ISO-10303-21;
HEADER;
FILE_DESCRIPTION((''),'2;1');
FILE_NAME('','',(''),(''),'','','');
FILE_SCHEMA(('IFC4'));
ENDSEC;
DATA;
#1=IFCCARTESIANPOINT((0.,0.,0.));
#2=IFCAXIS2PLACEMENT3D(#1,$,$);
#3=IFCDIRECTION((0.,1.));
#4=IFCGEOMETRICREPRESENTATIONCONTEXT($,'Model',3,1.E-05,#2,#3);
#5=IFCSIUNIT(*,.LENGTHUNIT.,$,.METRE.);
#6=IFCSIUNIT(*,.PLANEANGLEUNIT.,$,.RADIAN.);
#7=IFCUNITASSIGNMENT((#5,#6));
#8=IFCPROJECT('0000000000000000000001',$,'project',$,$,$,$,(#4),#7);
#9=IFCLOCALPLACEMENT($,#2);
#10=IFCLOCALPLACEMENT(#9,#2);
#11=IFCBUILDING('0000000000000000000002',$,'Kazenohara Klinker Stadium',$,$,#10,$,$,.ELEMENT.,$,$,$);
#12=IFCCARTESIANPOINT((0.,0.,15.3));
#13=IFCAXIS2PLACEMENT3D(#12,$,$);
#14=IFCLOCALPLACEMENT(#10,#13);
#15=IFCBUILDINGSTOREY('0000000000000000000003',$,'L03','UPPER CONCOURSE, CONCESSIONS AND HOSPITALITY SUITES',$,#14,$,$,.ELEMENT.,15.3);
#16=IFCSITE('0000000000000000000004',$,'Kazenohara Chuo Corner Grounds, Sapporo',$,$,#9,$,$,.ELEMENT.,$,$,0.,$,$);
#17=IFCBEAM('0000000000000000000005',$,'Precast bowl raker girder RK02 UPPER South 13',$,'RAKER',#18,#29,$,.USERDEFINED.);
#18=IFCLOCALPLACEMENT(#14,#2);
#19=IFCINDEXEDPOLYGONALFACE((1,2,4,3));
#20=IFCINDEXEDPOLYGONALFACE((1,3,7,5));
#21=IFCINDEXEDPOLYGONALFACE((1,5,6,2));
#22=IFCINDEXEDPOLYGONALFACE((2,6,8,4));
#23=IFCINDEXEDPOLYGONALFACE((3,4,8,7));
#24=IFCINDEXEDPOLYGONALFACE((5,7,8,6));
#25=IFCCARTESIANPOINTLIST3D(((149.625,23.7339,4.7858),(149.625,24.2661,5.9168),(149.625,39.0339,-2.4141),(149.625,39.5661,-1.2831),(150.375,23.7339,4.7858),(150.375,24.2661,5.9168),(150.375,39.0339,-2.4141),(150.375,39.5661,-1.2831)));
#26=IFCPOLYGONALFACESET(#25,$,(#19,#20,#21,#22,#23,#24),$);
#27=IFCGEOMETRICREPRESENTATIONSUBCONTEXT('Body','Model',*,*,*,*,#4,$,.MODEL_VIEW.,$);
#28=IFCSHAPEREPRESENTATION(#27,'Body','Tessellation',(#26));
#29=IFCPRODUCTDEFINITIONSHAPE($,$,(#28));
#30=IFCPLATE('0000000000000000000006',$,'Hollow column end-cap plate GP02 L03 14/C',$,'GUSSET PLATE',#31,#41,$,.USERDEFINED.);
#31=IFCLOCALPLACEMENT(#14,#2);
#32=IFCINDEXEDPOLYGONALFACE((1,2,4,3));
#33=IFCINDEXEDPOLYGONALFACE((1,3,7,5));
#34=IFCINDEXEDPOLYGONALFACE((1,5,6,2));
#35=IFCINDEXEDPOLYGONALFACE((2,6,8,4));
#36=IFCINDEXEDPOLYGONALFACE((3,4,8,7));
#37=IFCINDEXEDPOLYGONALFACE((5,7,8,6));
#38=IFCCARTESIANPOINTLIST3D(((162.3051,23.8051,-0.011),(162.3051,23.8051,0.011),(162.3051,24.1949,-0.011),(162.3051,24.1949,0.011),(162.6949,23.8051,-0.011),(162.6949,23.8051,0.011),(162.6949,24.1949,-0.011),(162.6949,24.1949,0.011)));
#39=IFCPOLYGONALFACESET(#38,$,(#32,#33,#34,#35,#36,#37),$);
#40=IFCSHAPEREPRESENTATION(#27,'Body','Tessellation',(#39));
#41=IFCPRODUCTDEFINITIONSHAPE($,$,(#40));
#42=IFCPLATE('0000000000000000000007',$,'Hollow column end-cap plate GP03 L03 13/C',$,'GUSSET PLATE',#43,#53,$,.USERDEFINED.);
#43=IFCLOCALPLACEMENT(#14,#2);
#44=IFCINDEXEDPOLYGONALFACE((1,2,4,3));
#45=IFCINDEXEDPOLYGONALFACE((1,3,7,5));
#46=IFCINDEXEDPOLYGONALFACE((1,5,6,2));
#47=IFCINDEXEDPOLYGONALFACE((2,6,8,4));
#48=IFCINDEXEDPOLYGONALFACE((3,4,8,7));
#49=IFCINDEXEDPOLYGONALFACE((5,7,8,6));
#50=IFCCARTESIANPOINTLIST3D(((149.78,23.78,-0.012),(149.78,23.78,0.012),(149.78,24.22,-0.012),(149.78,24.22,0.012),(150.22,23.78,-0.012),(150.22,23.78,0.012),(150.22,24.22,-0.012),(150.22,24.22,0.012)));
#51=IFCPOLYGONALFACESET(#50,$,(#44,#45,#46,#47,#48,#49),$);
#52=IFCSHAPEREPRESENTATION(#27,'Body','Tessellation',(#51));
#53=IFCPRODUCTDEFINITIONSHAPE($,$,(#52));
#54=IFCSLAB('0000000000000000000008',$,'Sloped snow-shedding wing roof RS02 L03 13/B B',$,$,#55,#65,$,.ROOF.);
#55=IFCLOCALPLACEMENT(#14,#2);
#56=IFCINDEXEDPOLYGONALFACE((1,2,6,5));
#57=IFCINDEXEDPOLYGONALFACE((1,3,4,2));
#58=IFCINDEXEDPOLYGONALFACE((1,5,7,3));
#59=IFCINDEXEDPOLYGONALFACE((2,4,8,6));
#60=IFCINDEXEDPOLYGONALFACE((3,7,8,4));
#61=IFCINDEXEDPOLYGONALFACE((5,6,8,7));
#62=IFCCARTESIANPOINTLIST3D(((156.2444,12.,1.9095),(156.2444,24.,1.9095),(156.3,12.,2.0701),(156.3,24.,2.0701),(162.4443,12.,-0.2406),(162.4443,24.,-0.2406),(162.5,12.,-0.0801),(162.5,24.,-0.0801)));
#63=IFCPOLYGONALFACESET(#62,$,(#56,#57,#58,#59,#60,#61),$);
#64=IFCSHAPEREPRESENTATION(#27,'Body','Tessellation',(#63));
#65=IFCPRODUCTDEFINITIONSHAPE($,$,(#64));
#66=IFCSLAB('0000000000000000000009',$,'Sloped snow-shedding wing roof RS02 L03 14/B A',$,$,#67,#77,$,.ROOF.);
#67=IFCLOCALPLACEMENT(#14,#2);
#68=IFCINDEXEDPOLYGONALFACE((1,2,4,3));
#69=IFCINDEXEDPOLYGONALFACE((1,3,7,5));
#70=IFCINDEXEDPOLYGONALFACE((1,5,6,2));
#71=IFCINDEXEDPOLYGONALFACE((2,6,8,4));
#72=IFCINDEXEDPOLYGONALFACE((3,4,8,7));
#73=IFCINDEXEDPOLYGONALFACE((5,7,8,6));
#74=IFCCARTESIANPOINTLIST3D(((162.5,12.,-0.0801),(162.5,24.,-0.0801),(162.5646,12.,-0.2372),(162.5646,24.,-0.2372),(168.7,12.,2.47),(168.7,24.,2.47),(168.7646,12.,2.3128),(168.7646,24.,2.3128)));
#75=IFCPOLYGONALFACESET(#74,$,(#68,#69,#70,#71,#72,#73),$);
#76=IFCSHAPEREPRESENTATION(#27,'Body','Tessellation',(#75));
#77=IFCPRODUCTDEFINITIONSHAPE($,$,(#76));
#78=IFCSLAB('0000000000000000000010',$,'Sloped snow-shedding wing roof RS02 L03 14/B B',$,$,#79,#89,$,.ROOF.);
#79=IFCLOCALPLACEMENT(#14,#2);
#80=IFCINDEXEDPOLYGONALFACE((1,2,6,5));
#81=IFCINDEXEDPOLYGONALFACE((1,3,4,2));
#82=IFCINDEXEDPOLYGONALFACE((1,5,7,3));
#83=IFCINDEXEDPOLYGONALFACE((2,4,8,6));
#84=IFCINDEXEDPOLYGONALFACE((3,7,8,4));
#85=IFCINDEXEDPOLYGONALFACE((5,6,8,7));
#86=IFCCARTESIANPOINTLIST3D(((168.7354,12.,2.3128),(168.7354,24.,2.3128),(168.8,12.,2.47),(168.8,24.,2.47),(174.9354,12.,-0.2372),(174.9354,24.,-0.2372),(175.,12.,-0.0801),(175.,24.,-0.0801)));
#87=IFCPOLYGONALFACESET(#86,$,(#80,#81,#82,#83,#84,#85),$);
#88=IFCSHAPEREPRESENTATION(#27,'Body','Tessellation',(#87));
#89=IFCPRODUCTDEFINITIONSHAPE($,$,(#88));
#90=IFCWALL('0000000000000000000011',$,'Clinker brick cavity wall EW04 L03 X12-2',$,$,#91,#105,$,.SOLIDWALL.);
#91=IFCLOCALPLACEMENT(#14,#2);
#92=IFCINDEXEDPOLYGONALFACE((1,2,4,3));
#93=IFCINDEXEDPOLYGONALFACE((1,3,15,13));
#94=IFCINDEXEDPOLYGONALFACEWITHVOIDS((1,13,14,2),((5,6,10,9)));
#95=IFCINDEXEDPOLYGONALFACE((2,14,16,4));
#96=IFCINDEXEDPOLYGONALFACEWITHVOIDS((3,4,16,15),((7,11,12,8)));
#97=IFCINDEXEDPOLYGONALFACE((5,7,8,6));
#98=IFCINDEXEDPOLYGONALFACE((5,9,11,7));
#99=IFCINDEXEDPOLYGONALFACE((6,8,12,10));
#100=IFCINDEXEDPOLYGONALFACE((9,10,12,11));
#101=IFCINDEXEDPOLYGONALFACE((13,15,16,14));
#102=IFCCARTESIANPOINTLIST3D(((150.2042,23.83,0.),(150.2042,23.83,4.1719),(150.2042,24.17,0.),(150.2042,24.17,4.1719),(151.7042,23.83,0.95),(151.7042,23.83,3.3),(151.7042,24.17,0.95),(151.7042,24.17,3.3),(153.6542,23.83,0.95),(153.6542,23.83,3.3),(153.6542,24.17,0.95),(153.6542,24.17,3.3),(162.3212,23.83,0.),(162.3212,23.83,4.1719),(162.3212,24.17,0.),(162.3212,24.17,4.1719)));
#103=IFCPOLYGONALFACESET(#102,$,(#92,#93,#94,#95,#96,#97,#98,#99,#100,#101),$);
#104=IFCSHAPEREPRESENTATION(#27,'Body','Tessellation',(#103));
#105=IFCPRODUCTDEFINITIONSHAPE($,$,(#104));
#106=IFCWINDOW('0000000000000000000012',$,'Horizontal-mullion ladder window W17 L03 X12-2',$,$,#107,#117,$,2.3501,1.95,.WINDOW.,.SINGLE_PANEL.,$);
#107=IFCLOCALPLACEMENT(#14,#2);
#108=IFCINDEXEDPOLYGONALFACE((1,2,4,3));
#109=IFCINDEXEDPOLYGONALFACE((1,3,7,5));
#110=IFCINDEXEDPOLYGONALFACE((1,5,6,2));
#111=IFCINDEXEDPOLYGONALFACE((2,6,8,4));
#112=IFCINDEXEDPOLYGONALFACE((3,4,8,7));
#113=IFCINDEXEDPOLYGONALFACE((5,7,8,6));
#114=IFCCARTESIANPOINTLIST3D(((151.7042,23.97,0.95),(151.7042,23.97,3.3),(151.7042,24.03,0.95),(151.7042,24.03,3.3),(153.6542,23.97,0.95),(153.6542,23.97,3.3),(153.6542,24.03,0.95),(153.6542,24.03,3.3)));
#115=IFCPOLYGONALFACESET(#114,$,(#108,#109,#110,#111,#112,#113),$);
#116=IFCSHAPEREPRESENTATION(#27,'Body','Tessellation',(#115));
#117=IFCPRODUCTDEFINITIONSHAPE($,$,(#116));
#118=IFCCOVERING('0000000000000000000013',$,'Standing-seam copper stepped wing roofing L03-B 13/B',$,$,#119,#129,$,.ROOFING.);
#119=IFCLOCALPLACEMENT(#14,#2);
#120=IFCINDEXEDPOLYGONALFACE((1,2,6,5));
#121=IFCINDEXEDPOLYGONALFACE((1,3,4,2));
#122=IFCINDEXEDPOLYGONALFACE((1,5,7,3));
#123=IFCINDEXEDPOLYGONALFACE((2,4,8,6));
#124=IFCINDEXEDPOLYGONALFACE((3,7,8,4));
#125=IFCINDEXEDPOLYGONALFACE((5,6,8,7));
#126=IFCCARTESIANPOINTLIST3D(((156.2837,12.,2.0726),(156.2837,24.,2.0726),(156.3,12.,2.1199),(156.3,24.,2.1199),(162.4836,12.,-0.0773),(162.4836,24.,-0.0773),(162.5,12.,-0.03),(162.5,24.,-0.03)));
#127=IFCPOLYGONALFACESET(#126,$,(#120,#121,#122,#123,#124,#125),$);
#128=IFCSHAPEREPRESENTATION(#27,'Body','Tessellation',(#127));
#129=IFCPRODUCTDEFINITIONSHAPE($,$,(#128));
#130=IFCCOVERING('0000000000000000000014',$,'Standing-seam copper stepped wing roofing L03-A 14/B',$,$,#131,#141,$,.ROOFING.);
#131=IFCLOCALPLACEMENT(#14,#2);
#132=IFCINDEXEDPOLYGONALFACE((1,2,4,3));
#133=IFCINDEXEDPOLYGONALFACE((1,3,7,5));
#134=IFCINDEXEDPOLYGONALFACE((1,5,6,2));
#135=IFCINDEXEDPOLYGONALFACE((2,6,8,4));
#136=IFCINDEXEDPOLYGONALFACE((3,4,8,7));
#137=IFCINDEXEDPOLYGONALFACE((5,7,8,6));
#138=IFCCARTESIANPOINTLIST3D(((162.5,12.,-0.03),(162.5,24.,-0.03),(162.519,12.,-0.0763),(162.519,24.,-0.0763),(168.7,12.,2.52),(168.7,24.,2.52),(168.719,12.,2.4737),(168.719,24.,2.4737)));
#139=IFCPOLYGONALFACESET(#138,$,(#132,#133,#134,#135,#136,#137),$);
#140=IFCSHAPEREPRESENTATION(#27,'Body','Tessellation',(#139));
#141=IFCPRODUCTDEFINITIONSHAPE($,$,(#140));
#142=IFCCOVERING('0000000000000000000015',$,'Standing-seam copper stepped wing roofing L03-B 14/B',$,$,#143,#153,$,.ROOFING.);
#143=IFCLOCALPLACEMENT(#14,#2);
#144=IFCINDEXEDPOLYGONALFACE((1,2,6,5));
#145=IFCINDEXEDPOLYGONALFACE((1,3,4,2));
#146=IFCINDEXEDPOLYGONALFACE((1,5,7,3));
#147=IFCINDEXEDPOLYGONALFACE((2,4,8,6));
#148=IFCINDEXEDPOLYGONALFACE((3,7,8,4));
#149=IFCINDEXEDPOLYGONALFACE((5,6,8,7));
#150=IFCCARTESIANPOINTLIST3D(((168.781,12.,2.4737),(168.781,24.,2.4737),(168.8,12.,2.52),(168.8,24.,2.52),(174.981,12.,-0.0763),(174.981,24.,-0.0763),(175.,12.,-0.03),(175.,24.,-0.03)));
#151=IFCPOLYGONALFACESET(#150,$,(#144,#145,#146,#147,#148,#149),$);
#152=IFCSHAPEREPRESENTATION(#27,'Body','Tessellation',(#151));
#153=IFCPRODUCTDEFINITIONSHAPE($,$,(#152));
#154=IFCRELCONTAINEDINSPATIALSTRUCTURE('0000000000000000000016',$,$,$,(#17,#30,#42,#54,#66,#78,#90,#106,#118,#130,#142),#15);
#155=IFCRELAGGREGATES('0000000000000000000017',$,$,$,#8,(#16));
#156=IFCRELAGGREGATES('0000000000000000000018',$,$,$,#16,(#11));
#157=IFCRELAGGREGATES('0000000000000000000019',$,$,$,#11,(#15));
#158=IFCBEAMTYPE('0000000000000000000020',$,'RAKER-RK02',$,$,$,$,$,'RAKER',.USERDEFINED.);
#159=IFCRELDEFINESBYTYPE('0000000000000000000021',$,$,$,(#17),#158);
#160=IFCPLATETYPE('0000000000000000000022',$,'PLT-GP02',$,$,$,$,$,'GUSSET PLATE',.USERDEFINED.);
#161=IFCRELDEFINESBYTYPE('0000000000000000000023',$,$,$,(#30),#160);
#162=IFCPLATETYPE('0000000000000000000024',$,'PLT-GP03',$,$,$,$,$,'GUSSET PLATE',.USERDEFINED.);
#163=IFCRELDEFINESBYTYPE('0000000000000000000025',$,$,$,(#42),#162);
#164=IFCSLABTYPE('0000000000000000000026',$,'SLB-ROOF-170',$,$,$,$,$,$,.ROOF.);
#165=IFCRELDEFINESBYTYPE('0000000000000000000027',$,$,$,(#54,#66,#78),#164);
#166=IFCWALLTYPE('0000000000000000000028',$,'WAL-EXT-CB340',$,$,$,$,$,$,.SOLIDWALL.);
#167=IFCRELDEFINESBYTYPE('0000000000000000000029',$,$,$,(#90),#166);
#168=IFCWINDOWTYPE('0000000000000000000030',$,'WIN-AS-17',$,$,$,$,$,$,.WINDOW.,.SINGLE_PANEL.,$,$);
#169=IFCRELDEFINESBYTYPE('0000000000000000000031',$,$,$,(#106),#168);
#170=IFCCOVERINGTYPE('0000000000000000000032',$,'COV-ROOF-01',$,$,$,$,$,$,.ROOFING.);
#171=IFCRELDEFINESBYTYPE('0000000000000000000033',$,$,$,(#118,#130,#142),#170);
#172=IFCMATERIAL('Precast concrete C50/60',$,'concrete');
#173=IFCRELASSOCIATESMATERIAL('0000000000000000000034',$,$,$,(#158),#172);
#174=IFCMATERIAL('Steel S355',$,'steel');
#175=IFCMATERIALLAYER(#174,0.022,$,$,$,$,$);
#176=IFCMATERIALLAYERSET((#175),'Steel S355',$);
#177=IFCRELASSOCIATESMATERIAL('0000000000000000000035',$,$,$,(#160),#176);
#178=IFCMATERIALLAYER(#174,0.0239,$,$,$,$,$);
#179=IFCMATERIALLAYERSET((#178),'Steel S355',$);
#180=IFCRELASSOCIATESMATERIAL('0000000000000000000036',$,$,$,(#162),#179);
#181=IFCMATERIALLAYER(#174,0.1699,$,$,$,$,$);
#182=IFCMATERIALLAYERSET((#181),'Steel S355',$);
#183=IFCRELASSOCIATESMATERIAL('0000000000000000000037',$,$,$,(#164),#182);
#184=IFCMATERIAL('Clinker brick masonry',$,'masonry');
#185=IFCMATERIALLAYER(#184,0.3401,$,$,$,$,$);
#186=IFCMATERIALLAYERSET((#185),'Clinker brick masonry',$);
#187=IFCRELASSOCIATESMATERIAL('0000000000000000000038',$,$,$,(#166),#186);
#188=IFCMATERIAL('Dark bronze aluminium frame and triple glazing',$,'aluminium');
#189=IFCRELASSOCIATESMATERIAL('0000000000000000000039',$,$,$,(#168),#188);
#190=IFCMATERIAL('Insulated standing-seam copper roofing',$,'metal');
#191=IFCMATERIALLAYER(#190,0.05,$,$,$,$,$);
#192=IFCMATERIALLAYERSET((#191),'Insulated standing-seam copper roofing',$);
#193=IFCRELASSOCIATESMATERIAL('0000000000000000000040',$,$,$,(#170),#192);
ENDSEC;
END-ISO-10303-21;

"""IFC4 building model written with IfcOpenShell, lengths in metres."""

from ifc_helpers import new_model, si_unit, direction, frame, frame_2d, origin, origin_2d, place, context, subcontext, project, spatial, polyline, rectangle, outline, extrude, material, layer, layer_set, material_profile, profile_set, type_object, element, fill, save


model = new_model("IFC4")

# Units and contexts
model_context = context("Model", 3, precision=1e-05, world=origin(), true_north=direction((0.0, 1.0)))
body_context = subcontext(model_context, "Body", "Model", "MODEL_VIEW")
ifc_project = project(units=[si_unit("LENGTHUNIT", "METRE"), si_unit("PLANEANGLEUNIT", "RADIAN")], contexts=[model_context])

# Site, building, storey
site_placement = place(None, origin())
site = spatial("IfcSite", under=ifc_project, at=site_placement, Name="Kazenohara Chuo Corner Grounds, Sapporo", CompositionType="ELEMENT", RefElevation=0.0)
building_placement = place(site_placement, origin())
building = spatial("IfcBuilding", under=site, at=building_placement, Name="Kazenohara Klinker Stadium", CompositionType="ELEMENT")
storey_placement = place(building_placement, frame((0.0, 0.0, 15.3)))
storey = spatial("IfcBuildingStorey", under=building, at=storey_placement, Name="L03", Description="UPPER CONCOURSE, CONCESSIONS AND HOSPITALITY SUITES", CompositionType="ELEMENT", Elevation=15.3)

# Shared definitions
ifc_material_1 = material(Name="Steel S355", Category="steel")

# Beam
ifc_material_2 = material(Name="Precast concrete C50/60", Category="concrete")
ifc_material_profile_1 = material_profile(ifc_material_2, rectangle(XDim=0.75, YDim=1.25, at=origin_2d()), Name="PC-RAKER-750x1250")
ifc_profile_set_1 = profile_set([ifc_material_profile_1], Name="Precast concrete C50/60")
beam_type_1 = type_object("IfcBeamType", Name="RAKER-RK02", ElementType="RAKER", PredefinedType="USERDEFINED", material=ifc_profile_set_1)
beam_1_placement = place(storey_placement, frame((150.0, 24.0, 5.3513), z_axis=(0.0, 0.90482, -0.425794), x_axis=(-1.0, 0.0, 0.0)))
element("IfcBeam", 1, at=beam_1_placement, inside=storey, type_object=beam_type_1, Name="Precast bowl raker girder RK02 UPPER South 13", ObjectType="RAKER", PredefinedType="USERDEFINED", context=body_context, shape_type="SweptSolid", body=[
    extrude(rectangle(XDim=0.75, YDim=1.25, at=origin_2d()), origin(), (0.0, 0.0, 1.0), 16.9094),
])

# Plates
ifc_layer_1 = layer(ifc_material_1, 0.022)
ifc_layer_set_1 = layer_set([ifc_layer_1], Name="Steel S355")
plate_type_1 = type_object("IfcPlateType", Name="PLT-GP02", ElementType="GUSSET PLATE", PredefinedType="USERDEFINED", material=ifc_layer_set_1)
plate_1_placement = place(storey_placement, frame((162.5, 24.0, -0.011), z_axis=(0.0, 0.0, 1.0), x_axis=(1.0, 0.0, 0.0)))
element("IfcPlate", 2, at=plate_1_placement, inside=storey, type_object=plate_type_1, Name="Hollow column end-cap plate GP02 L03 14/C", ObjectType="GUSSET PLATE", PredefinedType="USERDEFINED", context=body_context, shape_type="SweptSolid", body=[
    extrude(rectangle(XDim=0.3899, YDim=0.3899, at=origin_2d()), origin(), (0.0, 0.0, 1.0), 0.022),
])
ifc_layer_2 = layer(ifc_material_1, 0.0239)
ifc_layer_set_2 = layer_set([ifc_layer_2], Name="Steel S355")
plate_type_2 = type_object("IfcPlateType", Name="PLT-GP03", ElementType="GUSSET PLATE", PredefinedType="USERDEFINED", material=ifc_layer_set_2)
plate_2_placement = place(storey_placement, frame((150.0, 24.0, -0.012), z_axis=(0.0, 0.0, 1.0), x_axis=(1.0, 0.0, 0.0)))
element("IfcPlate", 3, at=plate_2_placement, inside=storey, type_object=plate_type_2, Name="Hollow column end-cap plate GP03 L03 13/C", ObjectType="GUSSET PLATE", PredefinedType="USERDEFINED", context=body_context, shape_type="SweptSolid", body=[
    extrude(rectangle(XDim=0.4399, YDim=0.4399, at=origin_2d()), origin(), (0.0, 0.0, 1.0), 0.0239),
])

# Slabs
ifc_layer_3 = layer(ifc_material_1, 0.1699)
ifc_layer_set_3 = layer_set([ifc_layer_3], Name="Steel S355")
slab_type = type_object("IfcSlabType", Name="SLB-ROOF-170", PredefinedType="ROOF", material=ifc_layer_set_3)
slab_placement = place(storey_placement, frame((156.3, 12.0, 2.0701), z_axis=(0.327656, 0.0, 0.944797), x_axis=(0.944797, 0.0, -0.327656)))
element("IfcSlab", 4, at=slab_placement, inside=storey, type_object=slab_type, Name="Sloped snow-shedding wing roof RS02 L03 13/B B", PredefinedType="ROOF", context=body_context, shape_type="SweptSolid", body=[
    extrude(outline(polyline([(0.0, 0.0), (6.5622, 0.0), (6.5622, 12.0), (0.0, 12.0), (0.0, 0.0)])), origin(), (0.0, 0.0, -1.0), 0.1699),
])
for number, where, z_axis, x_axis, name in (
    (5, (162.5, 12.0, -0.0801), (-0.380383, 0.0, 0.924829), (0.924829, 0.0, 0.380383), "Sloped snow-shedding wing roof RS02 L03 14/B A"),
    (6, (168.8, 12.0, 2.47), (0.380383, 0.0, 0.924829), (0.924829, 0.0, -0.380383), "Sloped snow-shedding wing roof RS02 L03 14/B B"),
):
    element("IfcSlab", number, at=place(storey_placement, frame(where, z_axis=z_axis, x_axis=x_axis)), inside=storey, type_object=slab_type, Name=name, PredefinedType="ROOF", context=body_context, shape_type="SweptSolid", body=[
        extrude(outline(polyline([(0.0, 0.0), (6.7039, 0.0), (6.7039, 12.0), (0.0, 12.0), (0.0, 0.0)])), origin(), (0.0, 0.0, -1.0), 0.1699),
    ])

# Wall, opening, window
ifc_material_3 = material(Name="Clinker brick masonry", Category="masonry")
ifc_layer_4 = layer(ifc_material_3, 0.3401)
ifc_layer_set_4 = layer_set([ifc_layer_4], Name="Clinker brick masonry")
wall_type = type_object("IfcWallType", Name="WAL-EXT-CB340", PredefinedType="SOLIDWALL", material=ifc_layer_set_4)
wall_placement = place(storey_placement, frame((150.2041, 24.0, 0.0), z_axis=(0.0, 0.0, 1.0), x_axis=(1.0, 0.0, 0.0)))
wall = element("IfcWall", 7, at=wall_placement, inside=storey, type_object=wall_type, Name="Clinker brick cavity wall EW04 L03 X12-2", PredefinedType="SOLIDWALL", context=body_context, shape_type="SweptSolid", body=[
    extrude(rectangle(XDim=12.1169, YDim=0.3401, at=frame_2d((6.0586, 0.0))), origin(), (0.0, 0.0, 1.0), 4.1719),
])
opening_placement = place(wall_placement, frame((1.5, 0.0, 0.95)))
opening = element("IfcOpeningElement", 8, at=opening_placement, cuts=wall, PredefinedType="OPENING", context=body_context, shape_type="SweptSolid", body=[
    extrude(rectangle(XDim=1.95, YDim=2.3501, at=frame_2d((0.9751, 1.175))), frame((0.0, 0.1802, 0.0), z_axis=(0.0, -1.0, 0.0), x_axis=(1.0, 0.0, 0.0)), (0.0, 0.0, 1.0), 0.3601),
])
ifc_material_4 = material(Name="Dark bronze aluminium frame and triple glazing", Category="aluminium")
window_type = type_object("IfcWindowType", Name="WIN-AS-17", PartitioningType="SINGLE_PANEL", PredefinedType="WINDOW", material=ifc_material_4)
window_placement = place(opening_placement, origin())
window = element("IfcWindow", 9, at=window_placement, inside=storey, type_object=window_type, Name="Horizontal-mullion ladder window W17 L03 X12-2", OverallHeight=2.3501, OverallWidth=1.95, PartitioningType="SINGLE_PANEL", PredefinedType="WINDOW", context=body_context, shape_type="SweptSolid", body=[
    extrude(rectangle(XDim=1.95, YDim=2.3501, at=frame_2d((0.9751, 1.175))), frame((0.0, 0.03, 0.0), z_axis=(0.0, -1.0, 0.0), x_axis=(1.0, 0.0, 0.0)), (0.0, 0.0, 1.0), 0.0601),
])
fill(opening, window)

# Coverings
ifc_material_5 = material(Name="Insulated standing-seam copper roofing", Category="metal")
ifc_layer_5 = layer(ifc_material_5, 0.05)
ifc_layer_set_5 = layer_set([ifc_layer_5], Name="Insulated standing-seam copper roofing")
covering_type = type_object("IfcCoveringType", Name="COV-ROOF-01", PredefinedType="ROOFING", material=ifc_layer_set_5)
covering_placement = place(storey_placement, frame((156.3, 12.0, 2.1199), z_axis=(0.327623, 0.0, 0.944809), x_axis=(0.944809, 0.0, -0.327623)))
element("IfcCovering", 10, at=covering_placement, inside=storey, type_object=covering_type, Name="Standing-seam copper stepped wing roofing L03-B 13/B", PredefinedType="ROOFING", context=body_context, shape_type="SweptSolid", body=[
    extrude(outline(polyline([(0.0, 0.0), (6.5621, 0.0), (6.5621, 12.0), (0.0, 12.0), (0.0, 0.0)])), origin(), (0.0, 0.0, -1.0), 0.05),
])
for number, where, z_axis, x_axis, name in (
    (11, (162.5, 12.0, -0.03), (-0.380383, 0.0, 0.924829), (0.924829, 0.0, 0.380383), "Standing-seam copper stepped wing roofing L03-A 14/B"),
    (12, (168.8, 12.0, 2.52), (0.380383, 0.0, 0.924829), (0.924829, 0.0, -0.380383), "Standing-seam copper stepped wing roofing L03-B 14/B"),
):
    element("IfcCovering", number, at=place(storey_placement, frame(where, z_axis=z_axis, x_axis=x_axis)), inside=storey, type_object=covering_type, Name=name, PredefinedType="ROOFING", context=body_context, shape_type="SweptSolid", body=[
        extrude(outline(polyline([(0.0, 0.0), (6.7039, 0.0), (6.7039, 12.0), (0.0, 12.0), (0.0, 0.0)])), origin(), (0.0, 0.0, -1.0), 0.05),
    ])

save(model, "model.ifc")
